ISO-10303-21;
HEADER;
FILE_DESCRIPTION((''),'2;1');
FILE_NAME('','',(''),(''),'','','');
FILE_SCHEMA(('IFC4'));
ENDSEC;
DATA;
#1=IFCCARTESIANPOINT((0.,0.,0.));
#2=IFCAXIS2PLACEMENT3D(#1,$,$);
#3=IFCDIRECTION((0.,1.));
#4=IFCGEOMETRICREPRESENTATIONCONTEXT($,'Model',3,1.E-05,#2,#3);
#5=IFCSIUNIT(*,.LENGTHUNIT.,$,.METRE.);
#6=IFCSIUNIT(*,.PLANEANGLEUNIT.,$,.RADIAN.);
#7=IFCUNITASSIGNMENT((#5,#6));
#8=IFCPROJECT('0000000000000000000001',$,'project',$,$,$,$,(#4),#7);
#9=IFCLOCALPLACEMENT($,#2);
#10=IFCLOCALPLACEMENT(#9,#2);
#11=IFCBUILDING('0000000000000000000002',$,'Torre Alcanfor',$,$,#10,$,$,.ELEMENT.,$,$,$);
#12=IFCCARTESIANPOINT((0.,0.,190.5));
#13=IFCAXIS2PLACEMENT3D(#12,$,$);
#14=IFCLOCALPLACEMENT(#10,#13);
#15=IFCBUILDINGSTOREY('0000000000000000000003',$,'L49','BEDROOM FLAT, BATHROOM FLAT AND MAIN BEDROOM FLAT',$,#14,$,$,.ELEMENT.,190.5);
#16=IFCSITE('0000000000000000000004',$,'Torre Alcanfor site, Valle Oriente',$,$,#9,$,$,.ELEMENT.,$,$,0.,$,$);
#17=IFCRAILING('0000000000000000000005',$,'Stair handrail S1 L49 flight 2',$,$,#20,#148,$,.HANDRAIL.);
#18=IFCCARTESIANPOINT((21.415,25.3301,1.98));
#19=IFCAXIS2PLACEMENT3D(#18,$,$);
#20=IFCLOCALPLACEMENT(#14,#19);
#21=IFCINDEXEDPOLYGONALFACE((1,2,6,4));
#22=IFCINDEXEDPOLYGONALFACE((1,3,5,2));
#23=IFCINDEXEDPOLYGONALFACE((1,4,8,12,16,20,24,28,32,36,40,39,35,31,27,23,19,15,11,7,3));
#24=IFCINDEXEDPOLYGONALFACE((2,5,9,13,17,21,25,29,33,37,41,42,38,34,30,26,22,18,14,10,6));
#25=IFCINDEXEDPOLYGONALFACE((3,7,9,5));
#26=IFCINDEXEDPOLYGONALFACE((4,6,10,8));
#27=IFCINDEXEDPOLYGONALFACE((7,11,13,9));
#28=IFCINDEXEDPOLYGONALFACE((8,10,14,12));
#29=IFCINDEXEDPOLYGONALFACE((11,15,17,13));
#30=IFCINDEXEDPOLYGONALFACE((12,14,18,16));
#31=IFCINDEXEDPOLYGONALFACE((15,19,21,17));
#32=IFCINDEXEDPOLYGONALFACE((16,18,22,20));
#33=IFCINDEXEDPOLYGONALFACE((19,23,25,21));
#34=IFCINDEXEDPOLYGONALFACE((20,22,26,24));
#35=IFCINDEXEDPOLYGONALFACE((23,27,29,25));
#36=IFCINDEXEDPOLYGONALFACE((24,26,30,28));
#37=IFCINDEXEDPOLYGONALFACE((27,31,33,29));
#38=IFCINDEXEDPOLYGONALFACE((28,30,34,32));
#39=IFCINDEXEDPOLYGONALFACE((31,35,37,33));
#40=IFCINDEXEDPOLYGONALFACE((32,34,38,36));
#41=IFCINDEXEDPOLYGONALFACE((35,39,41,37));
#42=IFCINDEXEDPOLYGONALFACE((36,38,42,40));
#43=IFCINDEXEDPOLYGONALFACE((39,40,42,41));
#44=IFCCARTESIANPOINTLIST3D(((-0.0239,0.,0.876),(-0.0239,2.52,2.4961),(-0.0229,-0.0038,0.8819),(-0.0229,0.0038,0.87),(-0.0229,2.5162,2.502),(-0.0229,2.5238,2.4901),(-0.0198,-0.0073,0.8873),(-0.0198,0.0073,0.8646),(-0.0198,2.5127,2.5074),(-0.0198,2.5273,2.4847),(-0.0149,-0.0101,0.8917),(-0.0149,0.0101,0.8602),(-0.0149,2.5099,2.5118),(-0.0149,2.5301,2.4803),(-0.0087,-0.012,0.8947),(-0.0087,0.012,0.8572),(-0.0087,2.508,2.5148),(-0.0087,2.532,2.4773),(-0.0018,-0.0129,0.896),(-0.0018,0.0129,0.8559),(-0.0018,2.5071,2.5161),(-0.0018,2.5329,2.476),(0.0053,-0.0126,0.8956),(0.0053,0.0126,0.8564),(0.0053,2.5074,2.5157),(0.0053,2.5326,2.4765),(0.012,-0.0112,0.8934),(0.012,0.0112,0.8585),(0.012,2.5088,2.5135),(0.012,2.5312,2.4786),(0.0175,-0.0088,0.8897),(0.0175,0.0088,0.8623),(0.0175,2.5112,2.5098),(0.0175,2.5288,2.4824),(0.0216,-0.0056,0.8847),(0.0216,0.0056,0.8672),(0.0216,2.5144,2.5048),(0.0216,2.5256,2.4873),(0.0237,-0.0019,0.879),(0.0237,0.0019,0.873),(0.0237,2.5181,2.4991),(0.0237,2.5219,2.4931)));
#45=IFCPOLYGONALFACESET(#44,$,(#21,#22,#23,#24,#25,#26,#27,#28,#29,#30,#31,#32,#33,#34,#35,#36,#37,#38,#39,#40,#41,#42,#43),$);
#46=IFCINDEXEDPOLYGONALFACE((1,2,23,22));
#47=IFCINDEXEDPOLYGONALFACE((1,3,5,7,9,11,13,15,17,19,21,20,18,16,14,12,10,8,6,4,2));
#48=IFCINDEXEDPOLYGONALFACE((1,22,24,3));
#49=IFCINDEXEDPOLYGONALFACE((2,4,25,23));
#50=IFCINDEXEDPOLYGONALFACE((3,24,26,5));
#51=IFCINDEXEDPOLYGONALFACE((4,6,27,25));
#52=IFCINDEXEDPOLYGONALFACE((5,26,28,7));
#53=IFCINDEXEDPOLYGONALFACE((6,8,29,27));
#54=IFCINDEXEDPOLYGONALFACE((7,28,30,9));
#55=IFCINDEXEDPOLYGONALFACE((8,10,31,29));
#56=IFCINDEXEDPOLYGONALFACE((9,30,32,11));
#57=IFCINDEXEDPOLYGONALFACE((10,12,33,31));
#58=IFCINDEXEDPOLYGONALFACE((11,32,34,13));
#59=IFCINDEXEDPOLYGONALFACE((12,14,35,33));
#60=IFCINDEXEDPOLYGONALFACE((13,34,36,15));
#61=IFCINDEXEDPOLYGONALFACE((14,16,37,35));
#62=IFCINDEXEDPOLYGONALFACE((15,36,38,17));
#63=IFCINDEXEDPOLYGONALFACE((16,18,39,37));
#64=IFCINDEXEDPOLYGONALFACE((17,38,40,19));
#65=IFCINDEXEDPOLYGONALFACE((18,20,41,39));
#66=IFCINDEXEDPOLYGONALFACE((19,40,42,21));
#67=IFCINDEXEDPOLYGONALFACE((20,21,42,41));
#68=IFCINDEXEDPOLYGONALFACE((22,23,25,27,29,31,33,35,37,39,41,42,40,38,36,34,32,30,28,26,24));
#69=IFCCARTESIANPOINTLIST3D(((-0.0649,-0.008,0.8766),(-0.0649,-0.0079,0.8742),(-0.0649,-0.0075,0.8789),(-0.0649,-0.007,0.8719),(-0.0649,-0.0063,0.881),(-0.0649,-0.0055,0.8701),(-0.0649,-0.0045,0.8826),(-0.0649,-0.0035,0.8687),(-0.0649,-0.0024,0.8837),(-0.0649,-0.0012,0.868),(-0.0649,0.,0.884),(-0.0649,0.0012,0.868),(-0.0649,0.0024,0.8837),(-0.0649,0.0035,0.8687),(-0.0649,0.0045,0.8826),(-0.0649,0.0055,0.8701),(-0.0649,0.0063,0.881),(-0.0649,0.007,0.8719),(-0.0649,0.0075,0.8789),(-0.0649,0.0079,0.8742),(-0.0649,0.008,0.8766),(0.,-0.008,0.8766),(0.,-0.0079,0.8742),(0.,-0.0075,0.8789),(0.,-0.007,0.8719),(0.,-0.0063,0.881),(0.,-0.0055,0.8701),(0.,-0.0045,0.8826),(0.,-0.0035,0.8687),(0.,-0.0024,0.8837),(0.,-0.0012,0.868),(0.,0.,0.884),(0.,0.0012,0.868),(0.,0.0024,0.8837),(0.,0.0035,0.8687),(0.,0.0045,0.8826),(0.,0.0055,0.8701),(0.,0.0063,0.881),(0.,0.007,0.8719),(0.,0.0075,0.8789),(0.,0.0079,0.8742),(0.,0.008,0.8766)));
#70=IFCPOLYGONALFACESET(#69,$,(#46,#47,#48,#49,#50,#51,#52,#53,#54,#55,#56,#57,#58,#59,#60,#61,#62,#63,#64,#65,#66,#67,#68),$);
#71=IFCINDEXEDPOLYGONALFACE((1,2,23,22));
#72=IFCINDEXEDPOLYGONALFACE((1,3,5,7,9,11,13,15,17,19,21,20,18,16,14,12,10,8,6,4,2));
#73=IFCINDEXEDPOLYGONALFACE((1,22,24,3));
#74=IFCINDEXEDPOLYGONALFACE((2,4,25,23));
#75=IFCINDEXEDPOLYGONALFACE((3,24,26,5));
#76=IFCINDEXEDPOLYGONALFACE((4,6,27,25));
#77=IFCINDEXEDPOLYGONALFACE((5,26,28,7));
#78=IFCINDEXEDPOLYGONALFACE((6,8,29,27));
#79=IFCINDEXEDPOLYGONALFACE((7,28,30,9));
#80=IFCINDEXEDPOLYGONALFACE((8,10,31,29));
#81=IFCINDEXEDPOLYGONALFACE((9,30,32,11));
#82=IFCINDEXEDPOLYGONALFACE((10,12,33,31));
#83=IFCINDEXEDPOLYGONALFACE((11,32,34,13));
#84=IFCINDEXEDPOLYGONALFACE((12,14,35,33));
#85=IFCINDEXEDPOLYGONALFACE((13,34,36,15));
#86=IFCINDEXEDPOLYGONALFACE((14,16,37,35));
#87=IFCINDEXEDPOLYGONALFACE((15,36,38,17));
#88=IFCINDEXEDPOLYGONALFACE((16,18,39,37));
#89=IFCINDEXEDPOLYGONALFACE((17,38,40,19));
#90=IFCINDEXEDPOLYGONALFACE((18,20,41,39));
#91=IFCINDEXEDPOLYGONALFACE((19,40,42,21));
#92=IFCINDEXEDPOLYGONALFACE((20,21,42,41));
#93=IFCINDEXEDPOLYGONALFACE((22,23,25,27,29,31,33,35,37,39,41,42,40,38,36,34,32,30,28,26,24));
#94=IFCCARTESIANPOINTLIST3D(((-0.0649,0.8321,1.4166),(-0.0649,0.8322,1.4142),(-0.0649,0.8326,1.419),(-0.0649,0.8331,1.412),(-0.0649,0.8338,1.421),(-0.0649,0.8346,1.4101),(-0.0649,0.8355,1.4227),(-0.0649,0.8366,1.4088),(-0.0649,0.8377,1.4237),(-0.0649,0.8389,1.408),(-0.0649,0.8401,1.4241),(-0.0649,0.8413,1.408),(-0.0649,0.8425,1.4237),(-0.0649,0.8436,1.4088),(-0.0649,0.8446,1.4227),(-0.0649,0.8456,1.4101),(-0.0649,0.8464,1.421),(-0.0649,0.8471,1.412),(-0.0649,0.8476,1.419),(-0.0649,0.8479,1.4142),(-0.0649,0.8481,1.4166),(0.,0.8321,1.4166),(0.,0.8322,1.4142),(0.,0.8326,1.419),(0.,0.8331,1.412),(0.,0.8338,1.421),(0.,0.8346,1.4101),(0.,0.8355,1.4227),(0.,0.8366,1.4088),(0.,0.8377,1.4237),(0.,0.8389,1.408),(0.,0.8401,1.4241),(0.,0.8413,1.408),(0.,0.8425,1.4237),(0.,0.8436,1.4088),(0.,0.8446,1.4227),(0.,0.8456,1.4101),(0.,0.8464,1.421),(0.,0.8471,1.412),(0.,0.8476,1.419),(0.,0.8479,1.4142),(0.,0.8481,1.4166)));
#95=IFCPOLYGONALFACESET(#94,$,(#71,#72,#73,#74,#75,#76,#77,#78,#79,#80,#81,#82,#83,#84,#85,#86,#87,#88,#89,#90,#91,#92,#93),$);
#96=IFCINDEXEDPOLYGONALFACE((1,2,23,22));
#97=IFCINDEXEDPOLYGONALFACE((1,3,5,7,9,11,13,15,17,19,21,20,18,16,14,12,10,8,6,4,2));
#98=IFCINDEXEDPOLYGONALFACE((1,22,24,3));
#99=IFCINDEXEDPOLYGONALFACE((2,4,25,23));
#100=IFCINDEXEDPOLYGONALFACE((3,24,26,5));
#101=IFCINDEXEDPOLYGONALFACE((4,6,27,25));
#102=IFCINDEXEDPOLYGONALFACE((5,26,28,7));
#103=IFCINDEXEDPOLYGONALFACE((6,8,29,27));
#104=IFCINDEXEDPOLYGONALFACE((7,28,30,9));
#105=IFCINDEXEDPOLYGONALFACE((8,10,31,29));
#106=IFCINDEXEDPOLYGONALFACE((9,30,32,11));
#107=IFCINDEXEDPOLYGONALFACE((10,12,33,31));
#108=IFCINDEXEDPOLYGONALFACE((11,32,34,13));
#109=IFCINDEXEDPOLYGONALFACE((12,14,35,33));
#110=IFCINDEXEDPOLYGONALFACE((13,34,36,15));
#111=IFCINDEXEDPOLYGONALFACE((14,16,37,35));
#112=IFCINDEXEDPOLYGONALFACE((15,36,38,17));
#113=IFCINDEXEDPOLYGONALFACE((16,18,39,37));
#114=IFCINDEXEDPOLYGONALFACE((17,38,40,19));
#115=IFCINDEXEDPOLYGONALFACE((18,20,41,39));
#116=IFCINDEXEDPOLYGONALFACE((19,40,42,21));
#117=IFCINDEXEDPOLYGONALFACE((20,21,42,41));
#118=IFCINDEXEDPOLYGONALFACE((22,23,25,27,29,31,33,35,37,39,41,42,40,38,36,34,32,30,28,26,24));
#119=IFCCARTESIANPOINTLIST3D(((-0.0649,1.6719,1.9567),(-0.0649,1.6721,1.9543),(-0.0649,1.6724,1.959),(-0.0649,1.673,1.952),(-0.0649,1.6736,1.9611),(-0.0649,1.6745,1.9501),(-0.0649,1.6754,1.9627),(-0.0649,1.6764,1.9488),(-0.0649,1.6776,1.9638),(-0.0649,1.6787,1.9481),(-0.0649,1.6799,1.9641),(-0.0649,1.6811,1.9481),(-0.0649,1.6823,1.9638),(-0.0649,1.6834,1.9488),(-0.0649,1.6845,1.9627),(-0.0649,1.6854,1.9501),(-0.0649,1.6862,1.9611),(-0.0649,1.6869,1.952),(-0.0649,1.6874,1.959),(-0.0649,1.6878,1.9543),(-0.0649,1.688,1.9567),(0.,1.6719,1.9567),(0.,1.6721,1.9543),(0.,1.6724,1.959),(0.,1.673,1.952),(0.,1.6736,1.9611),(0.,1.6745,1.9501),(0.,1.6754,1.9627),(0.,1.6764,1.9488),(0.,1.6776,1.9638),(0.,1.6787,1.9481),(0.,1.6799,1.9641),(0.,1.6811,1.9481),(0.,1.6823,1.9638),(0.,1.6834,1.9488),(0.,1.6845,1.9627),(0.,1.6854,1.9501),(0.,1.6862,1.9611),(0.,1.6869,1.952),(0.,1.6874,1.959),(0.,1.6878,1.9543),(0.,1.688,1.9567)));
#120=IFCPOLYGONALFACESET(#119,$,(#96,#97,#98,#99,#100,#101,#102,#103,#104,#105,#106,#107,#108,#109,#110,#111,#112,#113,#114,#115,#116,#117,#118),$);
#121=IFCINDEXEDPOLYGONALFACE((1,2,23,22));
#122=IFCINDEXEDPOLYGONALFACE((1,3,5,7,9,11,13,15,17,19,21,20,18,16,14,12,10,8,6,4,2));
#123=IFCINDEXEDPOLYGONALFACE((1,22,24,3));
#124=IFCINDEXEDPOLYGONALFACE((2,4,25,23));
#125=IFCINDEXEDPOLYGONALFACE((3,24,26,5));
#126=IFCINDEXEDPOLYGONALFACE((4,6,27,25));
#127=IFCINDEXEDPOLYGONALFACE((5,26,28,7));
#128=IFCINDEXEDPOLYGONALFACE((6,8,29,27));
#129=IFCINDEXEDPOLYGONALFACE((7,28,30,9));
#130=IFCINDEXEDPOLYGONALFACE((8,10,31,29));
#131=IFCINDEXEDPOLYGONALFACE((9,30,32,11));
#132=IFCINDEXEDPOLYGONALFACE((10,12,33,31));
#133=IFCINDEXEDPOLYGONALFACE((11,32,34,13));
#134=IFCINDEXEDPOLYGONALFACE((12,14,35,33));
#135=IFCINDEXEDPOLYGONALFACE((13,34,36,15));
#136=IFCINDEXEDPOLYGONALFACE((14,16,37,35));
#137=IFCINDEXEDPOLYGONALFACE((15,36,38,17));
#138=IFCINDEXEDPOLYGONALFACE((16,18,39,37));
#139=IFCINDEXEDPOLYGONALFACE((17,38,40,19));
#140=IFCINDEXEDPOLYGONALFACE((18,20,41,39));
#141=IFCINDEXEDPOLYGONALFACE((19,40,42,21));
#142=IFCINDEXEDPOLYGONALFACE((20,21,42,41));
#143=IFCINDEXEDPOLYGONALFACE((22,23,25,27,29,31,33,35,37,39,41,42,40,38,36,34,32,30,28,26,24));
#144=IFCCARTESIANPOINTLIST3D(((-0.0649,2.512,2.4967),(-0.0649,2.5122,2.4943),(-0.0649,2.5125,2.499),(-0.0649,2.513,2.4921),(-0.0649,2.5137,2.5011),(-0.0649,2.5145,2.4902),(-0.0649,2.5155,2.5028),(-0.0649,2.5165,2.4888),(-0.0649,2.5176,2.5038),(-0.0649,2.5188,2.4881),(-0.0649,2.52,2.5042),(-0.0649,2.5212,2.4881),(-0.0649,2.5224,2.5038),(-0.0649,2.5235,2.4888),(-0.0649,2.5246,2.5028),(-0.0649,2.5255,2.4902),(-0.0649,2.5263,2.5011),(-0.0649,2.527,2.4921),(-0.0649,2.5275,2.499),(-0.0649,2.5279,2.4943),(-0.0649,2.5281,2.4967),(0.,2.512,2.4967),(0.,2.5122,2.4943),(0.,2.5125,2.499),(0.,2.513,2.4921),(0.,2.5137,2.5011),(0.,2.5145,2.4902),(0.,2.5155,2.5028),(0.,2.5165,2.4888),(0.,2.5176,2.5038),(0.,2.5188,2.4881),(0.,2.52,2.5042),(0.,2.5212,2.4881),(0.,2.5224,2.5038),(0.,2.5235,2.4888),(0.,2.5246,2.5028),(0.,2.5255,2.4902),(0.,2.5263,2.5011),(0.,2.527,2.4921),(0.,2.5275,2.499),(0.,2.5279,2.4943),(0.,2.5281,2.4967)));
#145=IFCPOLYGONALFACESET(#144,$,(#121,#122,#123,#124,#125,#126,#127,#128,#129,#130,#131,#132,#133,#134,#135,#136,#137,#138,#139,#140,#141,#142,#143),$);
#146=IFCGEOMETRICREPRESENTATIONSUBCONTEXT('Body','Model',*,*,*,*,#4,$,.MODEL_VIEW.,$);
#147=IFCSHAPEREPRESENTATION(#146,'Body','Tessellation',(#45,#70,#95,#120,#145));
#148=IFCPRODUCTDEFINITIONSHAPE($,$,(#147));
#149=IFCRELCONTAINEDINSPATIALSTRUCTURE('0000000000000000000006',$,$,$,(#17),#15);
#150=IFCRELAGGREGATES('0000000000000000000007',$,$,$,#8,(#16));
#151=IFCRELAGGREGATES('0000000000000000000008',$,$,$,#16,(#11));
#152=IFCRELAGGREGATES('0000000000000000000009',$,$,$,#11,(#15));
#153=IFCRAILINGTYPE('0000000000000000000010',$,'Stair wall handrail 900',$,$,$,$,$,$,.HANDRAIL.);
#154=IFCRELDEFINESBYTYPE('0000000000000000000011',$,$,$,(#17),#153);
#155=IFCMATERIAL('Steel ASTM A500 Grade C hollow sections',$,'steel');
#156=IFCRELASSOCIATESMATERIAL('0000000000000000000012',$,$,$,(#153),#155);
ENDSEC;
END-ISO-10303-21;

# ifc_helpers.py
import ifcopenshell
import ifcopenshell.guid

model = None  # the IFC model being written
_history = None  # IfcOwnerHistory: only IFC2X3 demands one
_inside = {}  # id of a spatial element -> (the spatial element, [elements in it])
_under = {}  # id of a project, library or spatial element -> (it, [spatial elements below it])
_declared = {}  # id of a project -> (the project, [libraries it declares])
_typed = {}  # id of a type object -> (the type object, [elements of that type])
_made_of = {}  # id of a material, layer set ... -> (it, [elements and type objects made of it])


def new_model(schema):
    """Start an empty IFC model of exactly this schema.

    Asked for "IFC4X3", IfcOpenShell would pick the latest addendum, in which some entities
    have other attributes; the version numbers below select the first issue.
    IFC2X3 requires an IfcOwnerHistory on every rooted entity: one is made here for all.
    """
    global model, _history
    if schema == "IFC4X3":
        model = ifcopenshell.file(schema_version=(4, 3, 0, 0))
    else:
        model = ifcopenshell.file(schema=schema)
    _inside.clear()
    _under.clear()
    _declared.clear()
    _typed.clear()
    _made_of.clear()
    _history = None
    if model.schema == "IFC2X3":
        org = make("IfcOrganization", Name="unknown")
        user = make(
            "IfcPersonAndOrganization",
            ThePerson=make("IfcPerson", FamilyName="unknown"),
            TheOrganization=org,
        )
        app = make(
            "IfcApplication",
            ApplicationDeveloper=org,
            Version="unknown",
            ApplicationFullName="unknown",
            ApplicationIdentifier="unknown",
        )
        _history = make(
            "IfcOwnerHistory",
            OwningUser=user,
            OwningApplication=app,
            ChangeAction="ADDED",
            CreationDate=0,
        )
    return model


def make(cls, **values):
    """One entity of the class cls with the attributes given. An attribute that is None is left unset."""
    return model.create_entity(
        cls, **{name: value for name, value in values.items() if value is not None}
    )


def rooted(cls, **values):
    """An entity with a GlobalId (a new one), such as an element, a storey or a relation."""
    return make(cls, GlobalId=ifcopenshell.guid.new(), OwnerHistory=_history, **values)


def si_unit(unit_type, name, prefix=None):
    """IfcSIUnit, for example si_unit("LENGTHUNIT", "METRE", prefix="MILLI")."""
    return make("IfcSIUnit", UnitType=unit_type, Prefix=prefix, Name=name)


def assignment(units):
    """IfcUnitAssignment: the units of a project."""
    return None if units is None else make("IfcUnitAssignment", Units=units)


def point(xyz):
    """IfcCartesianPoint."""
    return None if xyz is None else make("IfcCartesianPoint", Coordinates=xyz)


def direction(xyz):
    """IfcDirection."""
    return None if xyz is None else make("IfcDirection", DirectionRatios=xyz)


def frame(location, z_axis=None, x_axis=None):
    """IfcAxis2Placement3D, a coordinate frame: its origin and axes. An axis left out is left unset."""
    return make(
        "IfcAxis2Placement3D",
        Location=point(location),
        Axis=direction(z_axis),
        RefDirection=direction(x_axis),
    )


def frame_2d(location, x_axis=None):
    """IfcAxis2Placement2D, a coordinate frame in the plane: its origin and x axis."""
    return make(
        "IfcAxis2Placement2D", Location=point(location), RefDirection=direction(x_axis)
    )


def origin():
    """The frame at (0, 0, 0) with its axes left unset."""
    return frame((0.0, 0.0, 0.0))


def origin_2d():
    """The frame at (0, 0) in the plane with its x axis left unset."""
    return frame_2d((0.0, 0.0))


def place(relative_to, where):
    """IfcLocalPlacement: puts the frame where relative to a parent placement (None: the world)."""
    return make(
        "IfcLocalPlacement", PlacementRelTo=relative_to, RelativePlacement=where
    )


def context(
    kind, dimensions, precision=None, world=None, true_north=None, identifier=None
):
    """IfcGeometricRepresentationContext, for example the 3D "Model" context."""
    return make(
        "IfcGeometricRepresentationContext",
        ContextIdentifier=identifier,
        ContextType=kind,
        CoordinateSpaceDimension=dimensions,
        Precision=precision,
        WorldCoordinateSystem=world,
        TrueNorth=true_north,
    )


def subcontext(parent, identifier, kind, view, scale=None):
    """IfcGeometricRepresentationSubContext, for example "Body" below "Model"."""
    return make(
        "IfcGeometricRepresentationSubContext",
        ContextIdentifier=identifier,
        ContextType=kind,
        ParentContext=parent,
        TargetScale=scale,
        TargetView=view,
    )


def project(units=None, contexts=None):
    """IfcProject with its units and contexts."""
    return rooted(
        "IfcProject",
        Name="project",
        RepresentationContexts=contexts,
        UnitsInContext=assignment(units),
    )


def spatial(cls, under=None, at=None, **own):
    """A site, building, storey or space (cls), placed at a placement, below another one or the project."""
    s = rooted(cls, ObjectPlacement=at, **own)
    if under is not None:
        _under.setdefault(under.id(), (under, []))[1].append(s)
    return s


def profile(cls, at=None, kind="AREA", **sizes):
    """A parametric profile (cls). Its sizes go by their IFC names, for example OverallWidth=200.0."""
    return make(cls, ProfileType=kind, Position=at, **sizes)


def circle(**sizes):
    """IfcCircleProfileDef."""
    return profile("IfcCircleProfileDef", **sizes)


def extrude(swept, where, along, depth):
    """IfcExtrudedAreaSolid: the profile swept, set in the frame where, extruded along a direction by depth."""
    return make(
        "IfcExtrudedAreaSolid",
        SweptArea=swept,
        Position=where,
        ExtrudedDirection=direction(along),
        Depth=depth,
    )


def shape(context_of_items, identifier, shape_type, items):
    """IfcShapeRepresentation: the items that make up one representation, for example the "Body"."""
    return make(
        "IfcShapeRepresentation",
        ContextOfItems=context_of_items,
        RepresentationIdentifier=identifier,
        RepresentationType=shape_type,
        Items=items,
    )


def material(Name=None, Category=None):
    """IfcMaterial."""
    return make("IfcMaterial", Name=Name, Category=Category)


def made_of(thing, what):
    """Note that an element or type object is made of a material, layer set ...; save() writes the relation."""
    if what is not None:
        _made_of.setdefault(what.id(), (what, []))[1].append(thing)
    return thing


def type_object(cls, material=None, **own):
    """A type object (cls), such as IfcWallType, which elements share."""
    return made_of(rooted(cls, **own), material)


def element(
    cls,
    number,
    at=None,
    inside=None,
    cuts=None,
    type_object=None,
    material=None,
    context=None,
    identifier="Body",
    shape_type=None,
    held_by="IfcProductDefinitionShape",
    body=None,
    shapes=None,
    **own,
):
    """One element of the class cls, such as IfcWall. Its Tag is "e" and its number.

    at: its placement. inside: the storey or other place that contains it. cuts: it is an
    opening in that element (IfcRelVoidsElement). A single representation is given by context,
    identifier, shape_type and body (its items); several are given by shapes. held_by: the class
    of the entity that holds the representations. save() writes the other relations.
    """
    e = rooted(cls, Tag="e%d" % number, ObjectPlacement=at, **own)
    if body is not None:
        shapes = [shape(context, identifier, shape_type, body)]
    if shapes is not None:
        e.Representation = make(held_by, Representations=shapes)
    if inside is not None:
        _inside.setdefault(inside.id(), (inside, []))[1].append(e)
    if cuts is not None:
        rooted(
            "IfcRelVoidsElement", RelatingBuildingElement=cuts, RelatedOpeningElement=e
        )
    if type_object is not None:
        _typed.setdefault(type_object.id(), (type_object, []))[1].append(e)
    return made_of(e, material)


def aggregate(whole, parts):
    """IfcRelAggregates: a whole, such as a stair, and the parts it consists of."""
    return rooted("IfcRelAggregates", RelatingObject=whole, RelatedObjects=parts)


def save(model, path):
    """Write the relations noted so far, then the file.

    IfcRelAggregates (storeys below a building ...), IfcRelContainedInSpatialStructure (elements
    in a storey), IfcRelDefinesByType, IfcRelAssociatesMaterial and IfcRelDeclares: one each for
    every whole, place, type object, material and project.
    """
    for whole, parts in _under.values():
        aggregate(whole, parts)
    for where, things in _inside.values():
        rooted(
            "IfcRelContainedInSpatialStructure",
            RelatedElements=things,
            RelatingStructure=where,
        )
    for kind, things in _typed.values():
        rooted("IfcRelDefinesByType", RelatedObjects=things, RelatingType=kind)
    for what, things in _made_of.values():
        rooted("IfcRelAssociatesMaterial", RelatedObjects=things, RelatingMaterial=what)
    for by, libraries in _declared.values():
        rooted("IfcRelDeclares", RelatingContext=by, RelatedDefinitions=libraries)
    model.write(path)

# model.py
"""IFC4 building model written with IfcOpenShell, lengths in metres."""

from ifc_helpers import new_model, si_unit, direction, frame, origin, origin_2d, place, context, subcontext, project, spatial, circle, extrude, material, type_object, element, save


model = new_model("IFC4")

# Units and contexts
model_context = context("Model", 3, precision=1e-05, world=origin(), true_north=direction((0.0, 1.0)))
body_context = subcontext(model_context, "Body", "Model", "MODEL_VIEW")
ifc_project = project(units=[si_unit("LENGTHUNIT", "METRE"), si_unit("PLANEANGLEUNIT", "RADIAN")], contexts=[model_context])

# Site, building, storey
site_placement = place(None, origin())
site = spatial("IfcSite", under=ifc_project, at=site_placement, Name="Torre Alcanfor site, Valle Oriente", CompositionType="ELEMENT", RefElevation=0.0)
building_placement = place(site_placement, origin())
building = spatial("IfcBuilding", under=site, at=building_placement, Name="Torre Alcanfor", CompositionType="ELEMENT")
storey_placement = place(building_placement, frame((0.0, 0.0, 190.5)))
storey = spatial("IfcBuildingStorey", under=building, at=storey_placement, Name="L49", Description="BEDROOM FLAT, BATHROOM FLAT AND MAIN BEDROOM FLAT", CompositionType="ELEMENT", Elevation=190.5)

# Railing
ifc_material_1 = material(Name="Steel ASTM A500 Grade C hollow sections", Category="steel")
railing_type = type_object("IfcRailingType", Name="Stair wall handrail 900", PredefinedType="HANDRAIL", material=ifc_material_1)
railing_placement = place(storey_placement, frame((21.415, 25.3301, 1.98)))
element("IfcRailing", 1, at=railing_placement, inside=storey, type_object=railing_type, Name="Stair handrail S1 L49 flight 2", PredefinedType="HANDRAIL", context=body_context, shape_type="SweptSolid", body=[
    extrude(circle(Radius=0.0239, at=origin_2d()), frame((0.0, 0.0, 0.876), z_axis=(0.0, 0.841163, 0.540782), x_axis=(-1.0, 0.0, 0.0)), (0.0, 0.0, 1.0), 2.9958),
    extrude(circle(Radius=0.0081, at=origin_2d()), frame((0.0, 0.0, 0.876), z_axis=(-1.0, 0.0, 0.0), x_axis=(0.0, 0.0, 1.0)), (0.0, 0.0, 1.0), 0.0649),
    extrude(circle(Radius=0.0081, at=origin_2d()), frame((0.0, 0.8401, 1.416), z_axis=(-1.0, 0.0, 0.0), x_axis=(0.0, 0.0, 1.0)), (0.0, 0.0, 1.0), 0.0649),
    extrude(circle(Radius=0.0081, at=origin_2d()), frame((0.0, 1.6799, 1.9561), z_axis=(-1.0, 0.0, 0.0), x_axis=(0.0, 0.0, 1.0)), (0.0, 0.0, 1.0), 0.0649),
    extrude(circle(Radius=0.0081, at=origin_2d()), frame((0.0, 2.52, 2.4961), z_axis=(-1.0, 0.0, 0.0), x_axis=(0.0, 0.0, 1.0)), (0.0, 0.0, 1.0), 0.0649),
])

save(model, "model.ifc")
